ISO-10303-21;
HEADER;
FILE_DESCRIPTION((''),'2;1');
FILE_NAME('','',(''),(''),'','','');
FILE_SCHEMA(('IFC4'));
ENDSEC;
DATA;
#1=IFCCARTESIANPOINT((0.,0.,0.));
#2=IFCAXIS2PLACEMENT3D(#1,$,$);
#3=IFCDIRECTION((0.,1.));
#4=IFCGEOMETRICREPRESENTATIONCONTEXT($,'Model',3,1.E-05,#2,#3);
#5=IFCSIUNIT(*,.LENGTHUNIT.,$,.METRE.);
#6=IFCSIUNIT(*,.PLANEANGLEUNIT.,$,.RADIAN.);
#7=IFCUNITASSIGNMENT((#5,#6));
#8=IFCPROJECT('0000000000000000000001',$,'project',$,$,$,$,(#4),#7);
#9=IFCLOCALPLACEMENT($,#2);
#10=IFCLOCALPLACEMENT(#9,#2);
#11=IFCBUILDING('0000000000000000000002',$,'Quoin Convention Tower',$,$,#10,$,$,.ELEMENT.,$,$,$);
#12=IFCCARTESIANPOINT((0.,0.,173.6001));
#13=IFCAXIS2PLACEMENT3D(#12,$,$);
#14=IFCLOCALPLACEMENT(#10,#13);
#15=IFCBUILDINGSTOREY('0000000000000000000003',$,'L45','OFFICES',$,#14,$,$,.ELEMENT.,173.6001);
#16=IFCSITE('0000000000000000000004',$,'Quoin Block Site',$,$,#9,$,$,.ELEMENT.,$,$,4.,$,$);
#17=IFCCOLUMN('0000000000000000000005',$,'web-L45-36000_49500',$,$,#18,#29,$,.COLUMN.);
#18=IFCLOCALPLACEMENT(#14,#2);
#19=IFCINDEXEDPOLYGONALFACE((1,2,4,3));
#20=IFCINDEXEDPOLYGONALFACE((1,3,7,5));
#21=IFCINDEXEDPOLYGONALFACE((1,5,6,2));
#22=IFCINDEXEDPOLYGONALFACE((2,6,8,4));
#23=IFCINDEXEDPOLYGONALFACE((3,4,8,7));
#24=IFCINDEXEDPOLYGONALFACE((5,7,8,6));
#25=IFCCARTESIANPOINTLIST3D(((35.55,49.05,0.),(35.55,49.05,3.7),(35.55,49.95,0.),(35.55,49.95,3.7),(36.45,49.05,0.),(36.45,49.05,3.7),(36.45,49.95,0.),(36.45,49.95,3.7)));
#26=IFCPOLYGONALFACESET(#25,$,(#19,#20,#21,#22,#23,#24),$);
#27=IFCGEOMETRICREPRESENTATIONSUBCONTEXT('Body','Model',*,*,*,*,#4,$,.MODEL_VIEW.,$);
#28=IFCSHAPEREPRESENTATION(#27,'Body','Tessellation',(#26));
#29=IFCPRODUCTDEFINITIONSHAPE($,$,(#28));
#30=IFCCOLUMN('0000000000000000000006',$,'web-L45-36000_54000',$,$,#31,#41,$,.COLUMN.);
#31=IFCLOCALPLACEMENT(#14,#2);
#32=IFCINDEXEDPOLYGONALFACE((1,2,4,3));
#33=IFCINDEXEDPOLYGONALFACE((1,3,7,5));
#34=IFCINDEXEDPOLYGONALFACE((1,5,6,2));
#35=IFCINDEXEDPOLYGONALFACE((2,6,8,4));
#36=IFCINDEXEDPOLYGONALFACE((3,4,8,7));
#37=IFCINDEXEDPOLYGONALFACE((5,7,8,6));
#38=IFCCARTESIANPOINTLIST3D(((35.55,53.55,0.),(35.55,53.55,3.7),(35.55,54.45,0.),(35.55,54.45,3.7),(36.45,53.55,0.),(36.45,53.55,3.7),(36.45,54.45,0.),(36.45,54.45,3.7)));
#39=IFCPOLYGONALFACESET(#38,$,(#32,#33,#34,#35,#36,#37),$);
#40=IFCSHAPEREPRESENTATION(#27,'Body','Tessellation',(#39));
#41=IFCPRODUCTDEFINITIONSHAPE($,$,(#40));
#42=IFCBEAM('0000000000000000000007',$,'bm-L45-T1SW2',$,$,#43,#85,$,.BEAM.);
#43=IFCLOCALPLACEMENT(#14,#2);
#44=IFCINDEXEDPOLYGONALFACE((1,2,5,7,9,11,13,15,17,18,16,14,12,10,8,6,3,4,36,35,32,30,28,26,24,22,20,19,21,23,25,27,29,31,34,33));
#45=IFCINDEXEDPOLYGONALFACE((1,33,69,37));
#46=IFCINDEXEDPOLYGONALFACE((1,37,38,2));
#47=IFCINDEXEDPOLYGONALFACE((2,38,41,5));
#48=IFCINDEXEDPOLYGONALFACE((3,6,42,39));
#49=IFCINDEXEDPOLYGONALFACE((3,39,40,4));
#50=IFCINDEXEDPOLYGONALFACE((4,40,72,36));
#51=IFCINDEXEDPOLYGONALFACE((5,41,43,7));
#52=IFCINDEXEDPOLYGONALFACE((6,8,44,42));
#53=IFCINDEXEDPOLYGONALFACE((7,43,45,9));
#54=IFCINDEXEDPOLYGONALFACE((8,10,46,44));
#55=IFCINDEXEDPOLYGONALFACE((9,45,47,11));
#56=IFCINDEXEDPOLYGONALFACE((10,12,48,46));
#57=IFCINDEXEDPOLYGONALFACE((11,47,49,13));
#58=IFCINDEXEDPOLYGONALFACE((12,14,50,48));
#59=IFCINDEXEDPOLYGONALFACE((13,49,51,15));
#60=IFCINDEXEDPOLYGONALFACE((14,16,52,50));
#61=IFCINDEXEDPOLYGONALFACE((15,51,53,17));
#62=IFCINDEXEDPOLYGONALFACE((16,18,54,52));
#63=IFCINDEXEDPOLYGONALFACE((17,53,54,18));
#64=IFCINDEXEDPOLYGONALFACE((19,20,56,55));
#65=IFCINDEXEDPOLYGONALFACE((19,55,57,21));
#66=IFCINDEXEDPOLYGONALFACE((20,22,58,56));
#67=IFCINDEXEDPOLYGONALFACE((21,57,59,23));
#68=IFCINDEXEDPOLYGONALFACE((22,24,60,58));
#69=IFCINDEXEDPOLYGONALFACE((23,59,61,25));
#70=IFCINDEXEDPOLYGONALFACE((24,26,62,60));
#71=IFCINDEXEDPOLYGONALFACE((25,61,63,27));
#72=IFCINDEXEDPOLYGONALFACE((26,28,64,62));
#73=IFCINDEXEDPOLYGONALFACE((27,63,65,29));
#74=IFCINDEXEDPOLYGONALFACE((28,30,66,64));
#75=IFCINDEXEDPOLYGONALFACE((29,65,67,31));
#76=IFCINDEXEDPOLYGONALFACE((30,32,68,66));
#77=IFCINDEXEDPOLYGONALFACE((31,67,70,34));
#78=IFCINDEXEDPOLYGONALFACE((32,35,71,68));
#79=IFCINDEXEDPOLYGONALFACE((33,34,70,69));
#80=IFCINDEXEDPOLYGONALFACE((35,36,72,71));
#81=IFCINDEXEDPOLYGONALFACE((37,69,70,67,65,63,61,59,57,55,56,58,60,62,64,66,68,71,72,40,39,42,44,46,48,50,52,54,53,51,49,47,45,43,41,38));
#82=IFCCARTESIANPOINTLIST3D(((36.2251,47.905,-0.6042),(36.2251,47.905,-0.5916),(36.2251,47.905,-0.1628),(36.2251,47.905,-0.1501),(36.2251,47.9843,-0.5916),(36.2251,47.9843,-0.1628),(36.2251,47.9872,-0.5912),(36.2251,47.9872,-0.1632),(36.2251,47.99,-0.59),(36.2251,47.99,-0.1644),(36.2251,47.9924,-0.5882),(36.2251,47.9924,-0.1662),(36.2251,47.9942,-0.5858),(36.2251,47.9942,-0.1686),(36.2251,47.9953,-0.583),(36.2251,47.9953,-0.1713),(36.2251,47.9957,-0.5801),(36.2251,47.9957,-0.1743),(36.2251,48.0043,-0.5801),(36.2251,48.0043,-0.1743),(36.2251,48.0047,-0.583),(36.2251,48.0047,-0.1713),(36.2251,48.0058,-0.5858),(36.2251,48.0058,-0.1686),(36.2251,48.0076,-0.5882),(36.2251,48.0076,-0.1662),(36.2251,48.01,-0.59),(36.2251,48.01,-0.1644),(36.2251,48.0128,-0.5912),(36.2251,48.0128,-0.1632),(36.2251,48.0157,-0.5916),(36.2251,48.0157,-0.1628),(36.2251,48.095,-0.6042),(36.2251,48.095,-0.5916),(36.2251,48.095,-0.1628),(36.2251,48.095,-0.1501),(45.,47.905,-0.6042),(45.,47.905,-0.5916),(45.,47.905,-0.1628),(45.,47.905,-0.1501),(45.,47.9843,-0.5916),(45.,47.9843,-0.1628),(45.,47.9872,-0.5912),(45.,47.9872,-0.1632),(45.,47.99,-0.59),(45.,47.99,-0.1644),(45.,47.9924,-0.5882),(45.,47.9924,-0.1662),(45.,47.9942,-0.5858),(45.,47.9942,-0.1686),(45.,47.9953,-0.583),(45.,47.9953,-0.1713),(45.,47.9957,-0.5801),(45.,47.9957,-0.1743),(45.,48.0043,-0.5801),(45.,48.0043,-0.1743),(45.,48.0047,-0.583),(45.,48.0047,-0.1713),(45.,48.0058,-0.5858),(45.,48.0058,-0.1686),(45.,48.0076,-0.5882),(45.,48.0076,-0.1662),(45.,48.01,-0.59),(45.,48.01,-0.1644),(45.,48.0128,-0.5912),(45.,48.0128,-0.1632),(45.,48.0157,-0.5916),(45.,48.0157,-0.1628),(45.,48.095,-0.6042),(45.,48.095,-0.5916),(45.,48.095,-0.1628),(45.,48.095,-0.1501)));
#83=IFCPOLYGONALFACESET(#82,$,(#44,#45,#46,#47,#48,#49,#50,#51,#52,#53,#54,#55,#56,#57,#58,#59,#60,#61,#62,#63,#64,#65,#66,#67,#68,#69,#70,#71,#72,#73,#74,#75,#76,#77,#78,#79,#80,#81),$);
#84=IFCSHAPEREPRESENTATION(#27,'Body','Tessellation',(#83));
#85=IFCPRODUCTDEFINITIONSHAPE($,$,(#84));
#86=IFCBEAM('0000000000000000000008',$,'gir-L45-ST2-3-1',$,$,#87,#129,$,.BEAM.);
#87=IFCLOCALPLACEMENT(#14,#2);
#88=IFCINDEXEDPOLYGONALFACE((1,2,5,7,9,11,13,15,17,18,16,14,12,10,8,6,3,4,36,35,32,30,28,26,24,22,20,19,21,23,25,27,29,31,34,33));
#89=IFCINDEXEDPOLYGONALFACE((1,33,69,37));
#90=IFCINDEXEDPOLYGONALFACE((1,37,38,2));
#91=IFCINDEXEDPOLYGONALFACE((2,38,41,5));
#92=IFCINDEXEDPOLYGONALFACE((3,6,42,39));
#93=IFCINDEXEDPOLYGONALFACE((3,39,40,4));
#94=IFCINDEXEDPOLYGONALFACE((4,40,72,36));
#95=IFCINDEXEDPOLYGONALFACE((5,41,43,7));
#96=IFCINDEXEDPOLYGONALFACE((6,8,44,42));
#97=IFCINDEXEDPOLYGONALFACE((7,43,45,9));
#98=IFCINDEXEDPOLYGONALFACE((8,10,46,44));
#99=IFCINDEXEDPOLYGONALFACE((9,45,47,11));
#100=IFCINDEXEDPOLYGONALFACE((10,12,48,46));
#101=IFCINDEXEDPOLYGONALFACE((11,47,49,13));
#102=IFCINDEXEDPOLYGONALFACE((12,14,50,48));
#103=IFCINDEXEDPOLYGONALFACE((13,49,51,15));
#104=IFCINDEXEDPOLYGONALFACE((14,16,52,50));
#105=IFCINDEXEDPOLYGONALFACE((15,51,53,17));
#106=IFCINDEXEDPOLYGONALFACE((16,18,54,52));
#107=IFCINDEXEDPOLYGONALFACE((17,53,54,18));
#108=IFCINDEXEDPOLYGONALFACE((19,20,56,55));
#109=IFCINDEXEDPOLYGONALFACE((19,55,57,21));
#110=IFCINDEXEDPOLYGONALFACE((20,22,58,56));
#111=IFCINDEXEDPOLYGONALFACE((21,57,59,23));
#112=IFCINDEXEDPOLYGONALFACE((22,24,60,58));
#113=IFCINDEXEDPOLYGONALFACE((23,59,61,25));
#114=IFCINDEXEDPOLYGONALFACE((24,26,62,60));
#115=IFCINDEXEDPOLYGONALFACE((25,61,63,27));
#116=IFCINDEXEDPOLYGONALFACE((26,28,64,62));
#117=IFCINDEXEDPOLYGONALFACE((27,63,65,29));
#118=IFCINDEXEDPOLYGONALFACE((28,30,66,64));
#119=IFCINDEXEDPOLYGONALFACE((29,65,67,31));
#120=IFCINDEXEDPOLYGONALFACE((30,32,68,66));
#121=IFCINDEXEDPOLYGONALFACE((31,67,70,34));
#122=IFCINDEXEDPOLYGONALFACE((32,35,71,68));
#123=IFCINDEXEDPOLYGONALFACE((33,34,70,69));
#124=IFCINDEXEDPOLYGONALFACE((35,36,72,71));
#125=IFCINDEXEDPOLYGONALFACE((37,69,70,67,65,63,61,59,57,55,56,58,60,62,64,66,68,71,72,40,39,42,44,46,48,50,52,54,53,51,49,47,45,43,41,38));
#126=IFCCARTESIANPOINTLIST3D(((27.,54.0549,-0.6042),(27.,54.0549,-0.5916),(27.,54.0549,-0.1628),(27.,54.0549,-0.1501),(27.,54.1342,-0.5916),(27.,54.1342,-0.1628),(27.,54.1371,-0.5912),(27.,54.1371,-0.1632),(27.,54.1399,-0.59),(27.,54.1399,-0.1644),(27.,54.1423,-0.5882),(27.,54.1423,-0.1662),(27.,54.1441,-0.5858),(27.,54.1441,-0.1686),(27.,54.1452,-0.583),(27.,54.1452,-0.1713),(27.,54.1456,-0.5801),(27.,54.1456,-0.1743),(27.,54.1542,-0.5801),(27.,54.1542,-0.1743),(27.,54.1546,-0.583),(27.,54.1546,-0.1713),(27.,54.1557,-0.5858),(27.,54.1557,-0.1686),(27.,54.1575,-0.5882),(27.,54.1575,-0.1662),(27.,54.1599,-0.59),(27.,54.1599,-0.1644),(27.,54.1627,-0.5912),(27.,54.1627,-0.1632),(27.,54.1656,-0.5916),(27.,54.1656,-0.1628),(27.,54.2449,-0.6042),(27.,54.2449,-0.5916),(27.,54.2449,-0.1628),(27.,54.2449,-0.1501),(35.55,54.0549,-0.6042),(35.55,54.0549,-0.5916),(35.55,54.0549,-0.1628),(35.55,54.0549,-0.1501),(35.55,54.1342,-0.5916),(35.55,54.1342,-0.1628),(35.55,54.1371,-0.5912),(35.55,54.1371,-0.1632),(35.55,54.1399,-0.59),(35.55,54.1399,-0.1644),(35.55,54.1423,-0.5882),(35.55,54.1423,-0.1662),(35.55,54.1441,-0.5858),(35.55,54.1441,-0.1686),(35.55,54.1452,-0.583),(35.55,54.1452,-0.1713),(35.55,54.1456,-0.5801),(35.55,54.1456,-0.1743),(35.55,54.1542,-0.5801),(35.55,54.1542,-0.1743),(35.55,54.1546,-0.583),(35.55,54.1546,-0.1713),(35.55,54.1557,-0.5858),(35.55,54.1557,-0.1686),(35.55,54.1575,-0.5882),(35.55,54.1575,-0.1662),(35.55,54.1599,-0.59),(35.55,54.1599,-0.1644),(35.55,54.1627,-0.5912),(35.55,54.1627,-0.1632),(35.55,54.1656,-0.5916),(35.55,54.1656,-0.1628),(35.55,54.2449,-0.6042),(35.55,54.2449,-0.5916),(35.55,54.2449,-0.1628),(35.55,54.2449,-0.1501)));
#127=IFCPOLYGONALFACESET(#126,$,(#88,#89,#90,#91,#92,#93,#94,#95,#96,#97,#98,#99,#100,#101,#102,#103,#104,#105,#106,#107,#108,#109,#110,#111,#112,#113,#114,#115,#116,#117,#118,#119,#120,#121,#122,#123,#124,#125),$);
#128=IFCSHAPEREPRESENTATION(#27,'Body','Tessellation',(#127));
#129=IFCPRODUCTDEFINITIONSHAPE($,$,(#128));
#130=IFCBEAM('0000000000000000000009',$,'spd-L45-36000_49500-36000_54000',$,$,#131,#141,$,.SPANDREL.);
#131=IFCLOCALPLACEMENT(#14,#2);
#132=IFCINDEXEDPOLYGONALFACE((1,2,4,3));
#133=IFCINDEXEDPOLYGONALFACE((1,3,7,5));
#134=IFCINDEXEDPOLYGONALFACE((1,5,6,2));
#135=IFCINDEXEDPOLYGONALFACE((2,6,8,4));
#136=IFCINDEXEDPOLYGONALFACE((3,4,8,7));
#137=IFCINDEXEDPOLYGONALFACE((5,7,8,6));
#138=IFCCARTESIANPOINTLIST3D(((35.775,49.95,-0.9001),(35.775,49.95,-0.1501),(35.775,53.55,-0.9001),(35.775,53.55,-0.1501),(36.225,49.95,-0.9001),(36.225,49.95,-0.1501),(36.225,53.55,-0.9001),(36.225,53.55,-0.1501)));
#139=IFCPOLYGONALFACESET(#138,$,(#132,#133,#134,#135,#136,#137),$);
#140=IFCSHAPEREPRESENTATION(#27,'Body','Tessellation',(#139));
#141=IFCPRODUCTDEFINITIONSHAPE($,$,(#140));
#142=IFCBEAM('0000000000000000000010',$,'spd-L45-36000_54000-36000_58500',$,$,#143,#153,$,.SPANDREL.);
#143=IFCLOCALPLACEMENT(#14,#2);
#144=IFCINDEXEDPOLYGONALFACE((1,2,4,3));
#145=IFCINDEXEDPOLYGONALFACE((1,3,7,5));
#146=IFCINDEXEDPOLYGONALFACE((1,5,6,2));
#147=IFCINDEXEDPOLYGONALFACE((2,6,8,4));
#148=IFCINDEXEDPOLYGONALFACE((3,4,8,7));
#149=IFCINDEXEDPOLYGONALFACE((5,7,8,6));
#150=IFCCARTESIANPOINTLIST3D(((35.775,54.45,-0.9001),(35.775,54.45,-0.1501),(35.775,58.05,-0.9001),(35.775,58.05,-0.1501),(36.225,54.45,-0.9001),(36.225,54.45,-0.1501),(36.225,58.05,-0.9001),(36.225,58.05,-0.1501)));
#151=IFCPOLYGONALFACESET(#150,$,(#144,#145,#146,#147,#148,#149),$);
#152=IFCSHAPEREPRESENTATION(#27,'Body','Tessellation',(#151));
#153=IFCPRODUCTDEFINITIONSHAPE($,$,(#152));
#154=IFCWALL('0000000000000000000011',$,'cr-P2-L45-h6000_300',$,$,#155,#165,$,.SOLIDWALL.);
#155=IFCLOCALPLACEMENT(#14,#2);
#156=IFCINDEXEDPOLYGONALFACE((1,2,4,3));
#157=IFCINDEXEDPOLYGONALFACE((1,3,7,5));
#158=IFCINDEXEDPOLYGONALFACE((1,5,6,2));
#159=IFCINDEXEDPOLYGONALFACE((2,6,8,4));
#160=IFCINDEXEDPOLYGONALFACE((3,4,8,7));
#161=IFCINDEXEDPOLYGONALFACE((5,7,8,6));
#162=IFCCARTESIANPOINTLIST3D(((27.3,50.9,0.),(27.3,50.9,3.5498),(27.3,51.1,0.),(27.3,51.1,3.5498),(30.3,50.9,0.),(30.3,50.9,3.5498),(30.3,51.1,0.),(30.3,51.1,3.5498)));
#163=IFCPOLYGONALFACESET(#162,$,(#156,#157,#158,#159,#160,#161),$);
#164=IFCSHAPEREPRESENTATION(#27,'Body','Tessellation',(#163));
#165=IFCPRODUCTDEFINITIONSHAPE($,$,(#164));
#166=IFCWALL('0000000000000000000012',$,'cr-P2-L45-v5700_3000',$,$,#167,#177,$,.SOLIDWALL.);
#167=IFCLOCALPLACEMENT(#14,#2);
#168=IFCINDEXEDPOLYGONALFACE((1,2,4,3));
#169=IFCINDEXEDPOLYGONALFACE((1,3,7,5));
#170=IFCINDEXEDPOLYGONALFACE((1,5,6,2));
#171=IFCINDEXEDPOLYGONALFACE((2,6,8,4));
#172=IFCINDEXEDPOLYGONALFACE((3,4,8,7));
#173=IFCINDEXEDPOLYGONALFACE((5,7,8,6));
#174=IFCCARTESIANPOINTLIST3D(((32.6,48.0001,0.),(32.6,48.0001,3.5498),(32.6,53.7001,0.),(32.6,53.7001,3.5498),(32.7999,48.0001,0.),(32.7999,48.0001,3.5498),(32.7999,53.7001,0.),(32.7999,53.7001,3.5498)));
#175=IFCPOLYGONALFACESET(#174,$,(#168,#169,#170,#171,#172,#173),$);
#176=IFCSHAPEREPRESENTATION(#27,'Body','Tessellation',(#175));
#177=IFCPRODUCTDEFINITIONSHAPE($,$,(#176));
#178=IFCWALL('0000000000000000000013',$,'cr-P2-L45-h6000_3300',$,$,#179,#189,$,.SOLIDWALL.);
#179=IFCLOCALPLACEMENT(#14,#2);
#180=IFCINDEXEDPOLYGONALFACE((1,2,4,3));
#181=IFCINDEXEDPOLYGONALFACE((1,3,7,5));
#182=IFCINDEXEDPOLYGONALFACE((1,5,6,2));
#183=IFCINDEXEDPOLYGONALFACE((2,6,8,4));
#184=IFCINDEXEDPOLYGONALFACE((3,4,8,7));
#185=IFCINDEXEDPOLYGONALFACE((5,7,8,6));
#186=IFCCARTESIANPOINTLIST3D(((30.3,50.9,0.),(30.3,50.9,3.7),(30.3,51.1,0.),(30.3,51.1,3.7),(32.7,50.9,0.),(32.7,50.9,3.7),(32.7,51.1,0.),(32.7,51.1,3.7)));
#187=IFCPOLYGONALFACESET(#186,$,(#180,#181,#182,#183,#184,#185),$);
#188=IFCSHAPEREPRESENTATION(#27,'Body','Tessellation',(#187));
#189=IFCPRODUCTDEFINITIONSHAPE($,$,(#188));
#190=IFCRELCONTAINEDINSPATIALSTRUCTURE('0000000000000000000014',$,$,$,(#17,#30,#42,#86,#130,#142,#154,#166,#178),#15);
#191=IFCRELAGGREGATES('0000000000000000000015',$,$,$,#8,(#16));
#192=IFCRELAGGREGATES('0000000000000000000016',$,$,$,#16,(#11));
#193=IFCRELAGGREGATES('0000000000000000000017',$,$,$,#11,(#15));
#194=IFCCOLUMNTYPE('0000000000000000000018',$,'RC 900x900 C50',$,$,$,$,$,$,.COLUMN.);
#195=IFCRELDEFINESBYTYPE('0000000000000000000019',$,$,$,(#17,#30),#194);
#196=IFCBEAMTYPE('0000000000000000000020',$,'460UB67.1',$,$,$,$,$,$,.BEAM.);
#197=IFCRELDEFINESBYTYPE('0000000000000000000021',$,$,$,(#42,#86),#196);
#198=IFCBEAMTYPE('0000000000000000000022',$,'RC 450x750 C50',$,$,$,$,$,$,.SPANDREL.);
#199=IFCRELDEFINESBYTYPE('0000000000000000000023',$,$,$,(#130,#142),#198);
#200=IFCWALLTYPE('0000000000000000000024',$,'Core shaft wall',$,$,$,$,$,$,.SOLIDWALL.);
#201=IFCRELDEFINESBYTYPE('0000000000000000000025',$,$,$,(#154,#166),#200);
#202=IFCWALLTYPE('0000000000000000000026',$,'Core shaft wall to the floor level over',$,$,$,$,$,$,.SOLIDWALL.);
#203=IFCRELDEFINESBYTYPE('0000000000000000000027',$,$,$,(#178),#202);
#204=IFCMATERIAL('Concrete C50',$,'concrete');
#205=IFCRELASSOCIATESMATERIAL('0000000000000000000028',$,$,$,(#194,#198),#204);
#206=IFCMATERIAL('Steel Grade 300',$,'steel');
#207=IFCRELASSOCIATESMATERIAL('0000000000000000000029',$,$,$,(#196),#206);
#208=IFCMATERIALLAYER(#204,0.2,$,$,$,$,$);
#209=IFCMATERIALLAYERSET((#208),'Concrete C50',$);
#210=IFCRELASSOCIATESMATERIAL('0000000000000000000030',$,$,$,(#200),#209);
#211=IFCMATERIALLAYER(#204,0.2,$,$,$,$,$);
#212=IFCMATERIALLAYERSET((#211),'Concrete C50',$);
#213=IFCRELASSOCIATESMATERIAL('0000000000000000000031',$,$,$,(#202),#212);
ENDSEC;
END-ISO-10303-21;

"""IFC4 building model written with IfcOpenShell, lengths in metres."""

from ifc_helpers import new_model, si_unit, direction, frame, frame_2d, origin, origin_2d, place, context, subcontext, project, spatial, rectangle, i_section, extrude, material, layer, layer_set, material_profile, profile_set, type_object, element, save


model = new_model("IFC4")

# Units and contexts
model_context = context("Model", 3, precision=1e-05, world=origin(), true_north=direction((0.0, 1.0)))
body_context = subcontext(model_context, "Body", "Model", "MODEL_VIEW")
ifc_project = project(units=[si_unit("LENGTHUNIT", "METRE"), si_unit("PLANEANGLEUNIT", "RADIAN")], contexts=[model_context])

# Site, building, storey
site_placement = place(None, origin())
site = spatial("IfcSite", under=ifc_project, at=site_placement, Name="Quoin Block Site", CompositionType="ELEMENT", RefElevation=4.0)
building_placement = place(site_placement, origin())
building = spatial("IfcBuilding", under=site, at=building_placement, Name="Quoin Convention Tower", CompositionType="ELEMENT")
storey_placement = place(building_placement, frame((0.0, 0.0, 173.6001)))
storey = spatial("IfcBuildingStorey", under=building, at=storey_placement, Name="L45", Description="OFFICES", CompositionType="ELEMENT", Elevation=173.6001)

# Columns
ifc_material_1 = material(Name="Concrete C50", Category="concrete")
ifc_material_profile_1 = material_profile(ifc_material_1, rectangle(XDim=0.8999, YDim=0.8999, at=origin_2d()), Name="RC 900x900")
ifc_profile_set_1 = profile_set([ifc_material_profile_1], Name="Concrete C50")
column_type = type_object("IfcColumnType", Name="RC 900x900 C50", PredefinedType="COLUMN", material=ifc_profile_set_1)
for number, where, z_axis, x_axis, name in (
    (1, (36.0, 49.5, 0.0), (0.0, 0.0, 1.0), (1.0, 0.0, 0.0), "web-L45-36000_49500"),
    (2, (36.0, 54.0, 0.0), (0.0, 0.0, 1.0), (1.0, 0.0, 0.0), "web-L45-36000_54000"),
):
    element("IfcColumn", number, at=place(storey_placement, frame(where, z_axis=z_axis, x_axis=x_axis)), inside=storey, type_object=column_type, Name=name, PredefinedType="COLUMN", context=body_context, shape_type="SweptSolid", body=[
        extrude(rectangle(XDim=0.8999, YDim=0.8999, at=origin_2d()), origin(), (0.0, 0.0, 1.0), 3.7),
    ])

# Beams
ifc_material_2 = material(Name="Steel Grade 300", Category="steel")
ifc_material_profile_2 = material_profile(ifc_material_2, i_section(OverallWidth=0.1899, OverallDepth=0.4541, WebThickness=0.0085, FlangeThickness=0.0127, FilletRadius=0.0115, at=origin_2d()), Name="460UB67.1")
ifc_profile_set_2 = profile_set([ifc_material_profile_2], Name="Steel Grade 300")
beam_type_1 = type_object("IfcBeamType", Name="460UB67.1", PredefinedType="BEAM", material=ifc_profile_set_2)
beam_1_placement = place(storey_placement, frame((36.2251, 48.0, -0.3772), z_axis=(1.0, 0.0, 0.0), x_axis=(0.0, 1.0, 0.0)))
element("IfcBeam", 3, at=beam_1_placement, inside=storey, type_object=beam_type_1, Name="bm-L45-T1SW2", PredefinedType="BEAM", context=body_context, shape_type="SweptSolid", body=[
    extrude(i_section(OverallWidth=0.1899, OverallDepth=0.4541, WebThickness=0.0085, FlangeThickness=0.0127, FilletRadius=0.0115, at=origin_2d()), origin(), (0.0, 0.0, 1.0), 8.7749),
])
beam_2_placement = place(storey_placement, frame((27.0, 54.1499, -0.3772), z_axis=(1.0, 0.0, 0.0), x_axis=(0.0, 1.0, 0.0)))
element("IfcBeam", 4, at=beam_2_placement, inside=storey, type_object=beam_type_1, Name="gir-L45-ST2-3-1", PredefinedType="BEAM", context=body_context, shape_type="SweptSolid", body=[
    extrude(i_section(OverallWidth=0.1899, OverallDepth=0.4541, WebThickness=0.0085, FlangeThickness=0.0127, FilletRadius=0.0115, at=origin_2d()), origin(), (0.0, 0.0, 1.0), 8.55),
])
ifc_material_profile_3 = material_profile(ifc_material_1, rectangle(XDim=0.45, YDim=0.75, at=origin_2d()), Name="RC 450x750")
ifc_profile_set_3 = profile_set([ifc_material_profile_3], Name="Concrete C50")
beam_type_2 = type_object("IfcBeamType", Name="RC 450x750 C50", PredefinedType="SPANDREL", material=ifc_profile_set_3)
for number, where, z_axis, x_axis, name in (
    (5, (36.0, 49.95, -0.5251), (0.0, 1.0, 0.0), (-1.0, 0.0, 0.0), "spd-L45-36000_49500-36000_54000"),
    (6, (36.0, 54.45, -0.5251), (0.0, 1.0, 0.0), (-1.0, 0.0, 0.0), "spd-L45-36000_54000-36000_58500"),
):
    element("IfcBeam", number, at=place(storey_placement, frame(where, z_axis=z_axis, x_axis=x_axis)), inside=storey, type_object=beam_type_2, Name=name, PredefinedType="SPANDREL", context=body_context, shape_type="SweptSolid", body=[
        extrude(rectangle(XDim=0.45, YDim=0.75, at=origin_2d()), origin(), (0.0, 0.0, 1.0), 3.6001),
    ])

# Walls
ifc_layer_1 = layer(ifc_material_1, 0.2)
ifc_layer_set_1 = layer_set([ifc_layer_1], Name="Concrete C50")
wall_type_1 = type_object("IfcWallType", Name="Core shaft wall", PredefinedType="SOLIDWALL", material=ifc_layer_set_1)
wall_1_placement = place(storey_placement, frame((27.3, 51.0, 0.0), z_axis=(0.0, 0.0, 1.0), x_axis=(1.0, 0.0, 0.0)))
element("IfcWall", 7, at=wall_1_placement, inside=storey, type_object=wall_type_1, Name="cr-P2-L45-h6000_300", PredefinedType="SOLIDWALL", context=body_context, shape_type="SweptSolid", body=[
    extrude(rectangle(XDim=3.0, YDim=0.2, at=frame_2d((1.5, 0.0))), origin(), (0.0, 0.0, 1.0), 3.5498),
])
wall_2_placement = place(storey_placement, frame((32.7, 48.0, 0.0), z_axis=(0.0, 0.0, 1.0), x_axis=(0.0, 1.0, 0.0)))
element("IfcWall", 8, at=wall_2_placement, inside=storey, type_object=wall_type_1, Name="cr-P2-L45-v5700_3000", PredefinedType="SOLIDWALL", context=body_context, shape_type="SweptSolid", body=[
    extrude(rectangle(XDim=5.7, YDim=0.2, at=frame_2d((2.8501, 0.0))), origin(), (0.0, 0.0, 1.0), 3.5498),
])
ifc_layer_2 = layer(ifc_material_1, 0.2)
ifc_layer_set_2 = layer_set([ifc_layer_2], Name="Concrete C50")
wall_type_2 = type_object("IfcWallType", Name="Core shaft wall to the floor level over", PredefinedType="SOLIDWALL", material=ifc_layer_set_2)
wall_3_placement = place(storey_placement, frame((30.3, 51.0, 0.0), z_axis=(0.0, 0.0, 1.0), x_axis=(1.0, 0.0, 0.0)))
element("IfcWall", 9, at=wall_3_placement, inside=storey, type_object=wall_type_2, Name="cr-P2-L45-h6000_3300", PredefinedType="SOLIDWALL", context=body_context, shape_type="SweptSolid", body=[
    extrude(rectangle(XDim=2.3999, YDim=0.2, at=frame_2d((1.2, 0.0))), origin(), (0.0, 0.0, 1.0), 3.7),
])

save(model, "model.ifc")
